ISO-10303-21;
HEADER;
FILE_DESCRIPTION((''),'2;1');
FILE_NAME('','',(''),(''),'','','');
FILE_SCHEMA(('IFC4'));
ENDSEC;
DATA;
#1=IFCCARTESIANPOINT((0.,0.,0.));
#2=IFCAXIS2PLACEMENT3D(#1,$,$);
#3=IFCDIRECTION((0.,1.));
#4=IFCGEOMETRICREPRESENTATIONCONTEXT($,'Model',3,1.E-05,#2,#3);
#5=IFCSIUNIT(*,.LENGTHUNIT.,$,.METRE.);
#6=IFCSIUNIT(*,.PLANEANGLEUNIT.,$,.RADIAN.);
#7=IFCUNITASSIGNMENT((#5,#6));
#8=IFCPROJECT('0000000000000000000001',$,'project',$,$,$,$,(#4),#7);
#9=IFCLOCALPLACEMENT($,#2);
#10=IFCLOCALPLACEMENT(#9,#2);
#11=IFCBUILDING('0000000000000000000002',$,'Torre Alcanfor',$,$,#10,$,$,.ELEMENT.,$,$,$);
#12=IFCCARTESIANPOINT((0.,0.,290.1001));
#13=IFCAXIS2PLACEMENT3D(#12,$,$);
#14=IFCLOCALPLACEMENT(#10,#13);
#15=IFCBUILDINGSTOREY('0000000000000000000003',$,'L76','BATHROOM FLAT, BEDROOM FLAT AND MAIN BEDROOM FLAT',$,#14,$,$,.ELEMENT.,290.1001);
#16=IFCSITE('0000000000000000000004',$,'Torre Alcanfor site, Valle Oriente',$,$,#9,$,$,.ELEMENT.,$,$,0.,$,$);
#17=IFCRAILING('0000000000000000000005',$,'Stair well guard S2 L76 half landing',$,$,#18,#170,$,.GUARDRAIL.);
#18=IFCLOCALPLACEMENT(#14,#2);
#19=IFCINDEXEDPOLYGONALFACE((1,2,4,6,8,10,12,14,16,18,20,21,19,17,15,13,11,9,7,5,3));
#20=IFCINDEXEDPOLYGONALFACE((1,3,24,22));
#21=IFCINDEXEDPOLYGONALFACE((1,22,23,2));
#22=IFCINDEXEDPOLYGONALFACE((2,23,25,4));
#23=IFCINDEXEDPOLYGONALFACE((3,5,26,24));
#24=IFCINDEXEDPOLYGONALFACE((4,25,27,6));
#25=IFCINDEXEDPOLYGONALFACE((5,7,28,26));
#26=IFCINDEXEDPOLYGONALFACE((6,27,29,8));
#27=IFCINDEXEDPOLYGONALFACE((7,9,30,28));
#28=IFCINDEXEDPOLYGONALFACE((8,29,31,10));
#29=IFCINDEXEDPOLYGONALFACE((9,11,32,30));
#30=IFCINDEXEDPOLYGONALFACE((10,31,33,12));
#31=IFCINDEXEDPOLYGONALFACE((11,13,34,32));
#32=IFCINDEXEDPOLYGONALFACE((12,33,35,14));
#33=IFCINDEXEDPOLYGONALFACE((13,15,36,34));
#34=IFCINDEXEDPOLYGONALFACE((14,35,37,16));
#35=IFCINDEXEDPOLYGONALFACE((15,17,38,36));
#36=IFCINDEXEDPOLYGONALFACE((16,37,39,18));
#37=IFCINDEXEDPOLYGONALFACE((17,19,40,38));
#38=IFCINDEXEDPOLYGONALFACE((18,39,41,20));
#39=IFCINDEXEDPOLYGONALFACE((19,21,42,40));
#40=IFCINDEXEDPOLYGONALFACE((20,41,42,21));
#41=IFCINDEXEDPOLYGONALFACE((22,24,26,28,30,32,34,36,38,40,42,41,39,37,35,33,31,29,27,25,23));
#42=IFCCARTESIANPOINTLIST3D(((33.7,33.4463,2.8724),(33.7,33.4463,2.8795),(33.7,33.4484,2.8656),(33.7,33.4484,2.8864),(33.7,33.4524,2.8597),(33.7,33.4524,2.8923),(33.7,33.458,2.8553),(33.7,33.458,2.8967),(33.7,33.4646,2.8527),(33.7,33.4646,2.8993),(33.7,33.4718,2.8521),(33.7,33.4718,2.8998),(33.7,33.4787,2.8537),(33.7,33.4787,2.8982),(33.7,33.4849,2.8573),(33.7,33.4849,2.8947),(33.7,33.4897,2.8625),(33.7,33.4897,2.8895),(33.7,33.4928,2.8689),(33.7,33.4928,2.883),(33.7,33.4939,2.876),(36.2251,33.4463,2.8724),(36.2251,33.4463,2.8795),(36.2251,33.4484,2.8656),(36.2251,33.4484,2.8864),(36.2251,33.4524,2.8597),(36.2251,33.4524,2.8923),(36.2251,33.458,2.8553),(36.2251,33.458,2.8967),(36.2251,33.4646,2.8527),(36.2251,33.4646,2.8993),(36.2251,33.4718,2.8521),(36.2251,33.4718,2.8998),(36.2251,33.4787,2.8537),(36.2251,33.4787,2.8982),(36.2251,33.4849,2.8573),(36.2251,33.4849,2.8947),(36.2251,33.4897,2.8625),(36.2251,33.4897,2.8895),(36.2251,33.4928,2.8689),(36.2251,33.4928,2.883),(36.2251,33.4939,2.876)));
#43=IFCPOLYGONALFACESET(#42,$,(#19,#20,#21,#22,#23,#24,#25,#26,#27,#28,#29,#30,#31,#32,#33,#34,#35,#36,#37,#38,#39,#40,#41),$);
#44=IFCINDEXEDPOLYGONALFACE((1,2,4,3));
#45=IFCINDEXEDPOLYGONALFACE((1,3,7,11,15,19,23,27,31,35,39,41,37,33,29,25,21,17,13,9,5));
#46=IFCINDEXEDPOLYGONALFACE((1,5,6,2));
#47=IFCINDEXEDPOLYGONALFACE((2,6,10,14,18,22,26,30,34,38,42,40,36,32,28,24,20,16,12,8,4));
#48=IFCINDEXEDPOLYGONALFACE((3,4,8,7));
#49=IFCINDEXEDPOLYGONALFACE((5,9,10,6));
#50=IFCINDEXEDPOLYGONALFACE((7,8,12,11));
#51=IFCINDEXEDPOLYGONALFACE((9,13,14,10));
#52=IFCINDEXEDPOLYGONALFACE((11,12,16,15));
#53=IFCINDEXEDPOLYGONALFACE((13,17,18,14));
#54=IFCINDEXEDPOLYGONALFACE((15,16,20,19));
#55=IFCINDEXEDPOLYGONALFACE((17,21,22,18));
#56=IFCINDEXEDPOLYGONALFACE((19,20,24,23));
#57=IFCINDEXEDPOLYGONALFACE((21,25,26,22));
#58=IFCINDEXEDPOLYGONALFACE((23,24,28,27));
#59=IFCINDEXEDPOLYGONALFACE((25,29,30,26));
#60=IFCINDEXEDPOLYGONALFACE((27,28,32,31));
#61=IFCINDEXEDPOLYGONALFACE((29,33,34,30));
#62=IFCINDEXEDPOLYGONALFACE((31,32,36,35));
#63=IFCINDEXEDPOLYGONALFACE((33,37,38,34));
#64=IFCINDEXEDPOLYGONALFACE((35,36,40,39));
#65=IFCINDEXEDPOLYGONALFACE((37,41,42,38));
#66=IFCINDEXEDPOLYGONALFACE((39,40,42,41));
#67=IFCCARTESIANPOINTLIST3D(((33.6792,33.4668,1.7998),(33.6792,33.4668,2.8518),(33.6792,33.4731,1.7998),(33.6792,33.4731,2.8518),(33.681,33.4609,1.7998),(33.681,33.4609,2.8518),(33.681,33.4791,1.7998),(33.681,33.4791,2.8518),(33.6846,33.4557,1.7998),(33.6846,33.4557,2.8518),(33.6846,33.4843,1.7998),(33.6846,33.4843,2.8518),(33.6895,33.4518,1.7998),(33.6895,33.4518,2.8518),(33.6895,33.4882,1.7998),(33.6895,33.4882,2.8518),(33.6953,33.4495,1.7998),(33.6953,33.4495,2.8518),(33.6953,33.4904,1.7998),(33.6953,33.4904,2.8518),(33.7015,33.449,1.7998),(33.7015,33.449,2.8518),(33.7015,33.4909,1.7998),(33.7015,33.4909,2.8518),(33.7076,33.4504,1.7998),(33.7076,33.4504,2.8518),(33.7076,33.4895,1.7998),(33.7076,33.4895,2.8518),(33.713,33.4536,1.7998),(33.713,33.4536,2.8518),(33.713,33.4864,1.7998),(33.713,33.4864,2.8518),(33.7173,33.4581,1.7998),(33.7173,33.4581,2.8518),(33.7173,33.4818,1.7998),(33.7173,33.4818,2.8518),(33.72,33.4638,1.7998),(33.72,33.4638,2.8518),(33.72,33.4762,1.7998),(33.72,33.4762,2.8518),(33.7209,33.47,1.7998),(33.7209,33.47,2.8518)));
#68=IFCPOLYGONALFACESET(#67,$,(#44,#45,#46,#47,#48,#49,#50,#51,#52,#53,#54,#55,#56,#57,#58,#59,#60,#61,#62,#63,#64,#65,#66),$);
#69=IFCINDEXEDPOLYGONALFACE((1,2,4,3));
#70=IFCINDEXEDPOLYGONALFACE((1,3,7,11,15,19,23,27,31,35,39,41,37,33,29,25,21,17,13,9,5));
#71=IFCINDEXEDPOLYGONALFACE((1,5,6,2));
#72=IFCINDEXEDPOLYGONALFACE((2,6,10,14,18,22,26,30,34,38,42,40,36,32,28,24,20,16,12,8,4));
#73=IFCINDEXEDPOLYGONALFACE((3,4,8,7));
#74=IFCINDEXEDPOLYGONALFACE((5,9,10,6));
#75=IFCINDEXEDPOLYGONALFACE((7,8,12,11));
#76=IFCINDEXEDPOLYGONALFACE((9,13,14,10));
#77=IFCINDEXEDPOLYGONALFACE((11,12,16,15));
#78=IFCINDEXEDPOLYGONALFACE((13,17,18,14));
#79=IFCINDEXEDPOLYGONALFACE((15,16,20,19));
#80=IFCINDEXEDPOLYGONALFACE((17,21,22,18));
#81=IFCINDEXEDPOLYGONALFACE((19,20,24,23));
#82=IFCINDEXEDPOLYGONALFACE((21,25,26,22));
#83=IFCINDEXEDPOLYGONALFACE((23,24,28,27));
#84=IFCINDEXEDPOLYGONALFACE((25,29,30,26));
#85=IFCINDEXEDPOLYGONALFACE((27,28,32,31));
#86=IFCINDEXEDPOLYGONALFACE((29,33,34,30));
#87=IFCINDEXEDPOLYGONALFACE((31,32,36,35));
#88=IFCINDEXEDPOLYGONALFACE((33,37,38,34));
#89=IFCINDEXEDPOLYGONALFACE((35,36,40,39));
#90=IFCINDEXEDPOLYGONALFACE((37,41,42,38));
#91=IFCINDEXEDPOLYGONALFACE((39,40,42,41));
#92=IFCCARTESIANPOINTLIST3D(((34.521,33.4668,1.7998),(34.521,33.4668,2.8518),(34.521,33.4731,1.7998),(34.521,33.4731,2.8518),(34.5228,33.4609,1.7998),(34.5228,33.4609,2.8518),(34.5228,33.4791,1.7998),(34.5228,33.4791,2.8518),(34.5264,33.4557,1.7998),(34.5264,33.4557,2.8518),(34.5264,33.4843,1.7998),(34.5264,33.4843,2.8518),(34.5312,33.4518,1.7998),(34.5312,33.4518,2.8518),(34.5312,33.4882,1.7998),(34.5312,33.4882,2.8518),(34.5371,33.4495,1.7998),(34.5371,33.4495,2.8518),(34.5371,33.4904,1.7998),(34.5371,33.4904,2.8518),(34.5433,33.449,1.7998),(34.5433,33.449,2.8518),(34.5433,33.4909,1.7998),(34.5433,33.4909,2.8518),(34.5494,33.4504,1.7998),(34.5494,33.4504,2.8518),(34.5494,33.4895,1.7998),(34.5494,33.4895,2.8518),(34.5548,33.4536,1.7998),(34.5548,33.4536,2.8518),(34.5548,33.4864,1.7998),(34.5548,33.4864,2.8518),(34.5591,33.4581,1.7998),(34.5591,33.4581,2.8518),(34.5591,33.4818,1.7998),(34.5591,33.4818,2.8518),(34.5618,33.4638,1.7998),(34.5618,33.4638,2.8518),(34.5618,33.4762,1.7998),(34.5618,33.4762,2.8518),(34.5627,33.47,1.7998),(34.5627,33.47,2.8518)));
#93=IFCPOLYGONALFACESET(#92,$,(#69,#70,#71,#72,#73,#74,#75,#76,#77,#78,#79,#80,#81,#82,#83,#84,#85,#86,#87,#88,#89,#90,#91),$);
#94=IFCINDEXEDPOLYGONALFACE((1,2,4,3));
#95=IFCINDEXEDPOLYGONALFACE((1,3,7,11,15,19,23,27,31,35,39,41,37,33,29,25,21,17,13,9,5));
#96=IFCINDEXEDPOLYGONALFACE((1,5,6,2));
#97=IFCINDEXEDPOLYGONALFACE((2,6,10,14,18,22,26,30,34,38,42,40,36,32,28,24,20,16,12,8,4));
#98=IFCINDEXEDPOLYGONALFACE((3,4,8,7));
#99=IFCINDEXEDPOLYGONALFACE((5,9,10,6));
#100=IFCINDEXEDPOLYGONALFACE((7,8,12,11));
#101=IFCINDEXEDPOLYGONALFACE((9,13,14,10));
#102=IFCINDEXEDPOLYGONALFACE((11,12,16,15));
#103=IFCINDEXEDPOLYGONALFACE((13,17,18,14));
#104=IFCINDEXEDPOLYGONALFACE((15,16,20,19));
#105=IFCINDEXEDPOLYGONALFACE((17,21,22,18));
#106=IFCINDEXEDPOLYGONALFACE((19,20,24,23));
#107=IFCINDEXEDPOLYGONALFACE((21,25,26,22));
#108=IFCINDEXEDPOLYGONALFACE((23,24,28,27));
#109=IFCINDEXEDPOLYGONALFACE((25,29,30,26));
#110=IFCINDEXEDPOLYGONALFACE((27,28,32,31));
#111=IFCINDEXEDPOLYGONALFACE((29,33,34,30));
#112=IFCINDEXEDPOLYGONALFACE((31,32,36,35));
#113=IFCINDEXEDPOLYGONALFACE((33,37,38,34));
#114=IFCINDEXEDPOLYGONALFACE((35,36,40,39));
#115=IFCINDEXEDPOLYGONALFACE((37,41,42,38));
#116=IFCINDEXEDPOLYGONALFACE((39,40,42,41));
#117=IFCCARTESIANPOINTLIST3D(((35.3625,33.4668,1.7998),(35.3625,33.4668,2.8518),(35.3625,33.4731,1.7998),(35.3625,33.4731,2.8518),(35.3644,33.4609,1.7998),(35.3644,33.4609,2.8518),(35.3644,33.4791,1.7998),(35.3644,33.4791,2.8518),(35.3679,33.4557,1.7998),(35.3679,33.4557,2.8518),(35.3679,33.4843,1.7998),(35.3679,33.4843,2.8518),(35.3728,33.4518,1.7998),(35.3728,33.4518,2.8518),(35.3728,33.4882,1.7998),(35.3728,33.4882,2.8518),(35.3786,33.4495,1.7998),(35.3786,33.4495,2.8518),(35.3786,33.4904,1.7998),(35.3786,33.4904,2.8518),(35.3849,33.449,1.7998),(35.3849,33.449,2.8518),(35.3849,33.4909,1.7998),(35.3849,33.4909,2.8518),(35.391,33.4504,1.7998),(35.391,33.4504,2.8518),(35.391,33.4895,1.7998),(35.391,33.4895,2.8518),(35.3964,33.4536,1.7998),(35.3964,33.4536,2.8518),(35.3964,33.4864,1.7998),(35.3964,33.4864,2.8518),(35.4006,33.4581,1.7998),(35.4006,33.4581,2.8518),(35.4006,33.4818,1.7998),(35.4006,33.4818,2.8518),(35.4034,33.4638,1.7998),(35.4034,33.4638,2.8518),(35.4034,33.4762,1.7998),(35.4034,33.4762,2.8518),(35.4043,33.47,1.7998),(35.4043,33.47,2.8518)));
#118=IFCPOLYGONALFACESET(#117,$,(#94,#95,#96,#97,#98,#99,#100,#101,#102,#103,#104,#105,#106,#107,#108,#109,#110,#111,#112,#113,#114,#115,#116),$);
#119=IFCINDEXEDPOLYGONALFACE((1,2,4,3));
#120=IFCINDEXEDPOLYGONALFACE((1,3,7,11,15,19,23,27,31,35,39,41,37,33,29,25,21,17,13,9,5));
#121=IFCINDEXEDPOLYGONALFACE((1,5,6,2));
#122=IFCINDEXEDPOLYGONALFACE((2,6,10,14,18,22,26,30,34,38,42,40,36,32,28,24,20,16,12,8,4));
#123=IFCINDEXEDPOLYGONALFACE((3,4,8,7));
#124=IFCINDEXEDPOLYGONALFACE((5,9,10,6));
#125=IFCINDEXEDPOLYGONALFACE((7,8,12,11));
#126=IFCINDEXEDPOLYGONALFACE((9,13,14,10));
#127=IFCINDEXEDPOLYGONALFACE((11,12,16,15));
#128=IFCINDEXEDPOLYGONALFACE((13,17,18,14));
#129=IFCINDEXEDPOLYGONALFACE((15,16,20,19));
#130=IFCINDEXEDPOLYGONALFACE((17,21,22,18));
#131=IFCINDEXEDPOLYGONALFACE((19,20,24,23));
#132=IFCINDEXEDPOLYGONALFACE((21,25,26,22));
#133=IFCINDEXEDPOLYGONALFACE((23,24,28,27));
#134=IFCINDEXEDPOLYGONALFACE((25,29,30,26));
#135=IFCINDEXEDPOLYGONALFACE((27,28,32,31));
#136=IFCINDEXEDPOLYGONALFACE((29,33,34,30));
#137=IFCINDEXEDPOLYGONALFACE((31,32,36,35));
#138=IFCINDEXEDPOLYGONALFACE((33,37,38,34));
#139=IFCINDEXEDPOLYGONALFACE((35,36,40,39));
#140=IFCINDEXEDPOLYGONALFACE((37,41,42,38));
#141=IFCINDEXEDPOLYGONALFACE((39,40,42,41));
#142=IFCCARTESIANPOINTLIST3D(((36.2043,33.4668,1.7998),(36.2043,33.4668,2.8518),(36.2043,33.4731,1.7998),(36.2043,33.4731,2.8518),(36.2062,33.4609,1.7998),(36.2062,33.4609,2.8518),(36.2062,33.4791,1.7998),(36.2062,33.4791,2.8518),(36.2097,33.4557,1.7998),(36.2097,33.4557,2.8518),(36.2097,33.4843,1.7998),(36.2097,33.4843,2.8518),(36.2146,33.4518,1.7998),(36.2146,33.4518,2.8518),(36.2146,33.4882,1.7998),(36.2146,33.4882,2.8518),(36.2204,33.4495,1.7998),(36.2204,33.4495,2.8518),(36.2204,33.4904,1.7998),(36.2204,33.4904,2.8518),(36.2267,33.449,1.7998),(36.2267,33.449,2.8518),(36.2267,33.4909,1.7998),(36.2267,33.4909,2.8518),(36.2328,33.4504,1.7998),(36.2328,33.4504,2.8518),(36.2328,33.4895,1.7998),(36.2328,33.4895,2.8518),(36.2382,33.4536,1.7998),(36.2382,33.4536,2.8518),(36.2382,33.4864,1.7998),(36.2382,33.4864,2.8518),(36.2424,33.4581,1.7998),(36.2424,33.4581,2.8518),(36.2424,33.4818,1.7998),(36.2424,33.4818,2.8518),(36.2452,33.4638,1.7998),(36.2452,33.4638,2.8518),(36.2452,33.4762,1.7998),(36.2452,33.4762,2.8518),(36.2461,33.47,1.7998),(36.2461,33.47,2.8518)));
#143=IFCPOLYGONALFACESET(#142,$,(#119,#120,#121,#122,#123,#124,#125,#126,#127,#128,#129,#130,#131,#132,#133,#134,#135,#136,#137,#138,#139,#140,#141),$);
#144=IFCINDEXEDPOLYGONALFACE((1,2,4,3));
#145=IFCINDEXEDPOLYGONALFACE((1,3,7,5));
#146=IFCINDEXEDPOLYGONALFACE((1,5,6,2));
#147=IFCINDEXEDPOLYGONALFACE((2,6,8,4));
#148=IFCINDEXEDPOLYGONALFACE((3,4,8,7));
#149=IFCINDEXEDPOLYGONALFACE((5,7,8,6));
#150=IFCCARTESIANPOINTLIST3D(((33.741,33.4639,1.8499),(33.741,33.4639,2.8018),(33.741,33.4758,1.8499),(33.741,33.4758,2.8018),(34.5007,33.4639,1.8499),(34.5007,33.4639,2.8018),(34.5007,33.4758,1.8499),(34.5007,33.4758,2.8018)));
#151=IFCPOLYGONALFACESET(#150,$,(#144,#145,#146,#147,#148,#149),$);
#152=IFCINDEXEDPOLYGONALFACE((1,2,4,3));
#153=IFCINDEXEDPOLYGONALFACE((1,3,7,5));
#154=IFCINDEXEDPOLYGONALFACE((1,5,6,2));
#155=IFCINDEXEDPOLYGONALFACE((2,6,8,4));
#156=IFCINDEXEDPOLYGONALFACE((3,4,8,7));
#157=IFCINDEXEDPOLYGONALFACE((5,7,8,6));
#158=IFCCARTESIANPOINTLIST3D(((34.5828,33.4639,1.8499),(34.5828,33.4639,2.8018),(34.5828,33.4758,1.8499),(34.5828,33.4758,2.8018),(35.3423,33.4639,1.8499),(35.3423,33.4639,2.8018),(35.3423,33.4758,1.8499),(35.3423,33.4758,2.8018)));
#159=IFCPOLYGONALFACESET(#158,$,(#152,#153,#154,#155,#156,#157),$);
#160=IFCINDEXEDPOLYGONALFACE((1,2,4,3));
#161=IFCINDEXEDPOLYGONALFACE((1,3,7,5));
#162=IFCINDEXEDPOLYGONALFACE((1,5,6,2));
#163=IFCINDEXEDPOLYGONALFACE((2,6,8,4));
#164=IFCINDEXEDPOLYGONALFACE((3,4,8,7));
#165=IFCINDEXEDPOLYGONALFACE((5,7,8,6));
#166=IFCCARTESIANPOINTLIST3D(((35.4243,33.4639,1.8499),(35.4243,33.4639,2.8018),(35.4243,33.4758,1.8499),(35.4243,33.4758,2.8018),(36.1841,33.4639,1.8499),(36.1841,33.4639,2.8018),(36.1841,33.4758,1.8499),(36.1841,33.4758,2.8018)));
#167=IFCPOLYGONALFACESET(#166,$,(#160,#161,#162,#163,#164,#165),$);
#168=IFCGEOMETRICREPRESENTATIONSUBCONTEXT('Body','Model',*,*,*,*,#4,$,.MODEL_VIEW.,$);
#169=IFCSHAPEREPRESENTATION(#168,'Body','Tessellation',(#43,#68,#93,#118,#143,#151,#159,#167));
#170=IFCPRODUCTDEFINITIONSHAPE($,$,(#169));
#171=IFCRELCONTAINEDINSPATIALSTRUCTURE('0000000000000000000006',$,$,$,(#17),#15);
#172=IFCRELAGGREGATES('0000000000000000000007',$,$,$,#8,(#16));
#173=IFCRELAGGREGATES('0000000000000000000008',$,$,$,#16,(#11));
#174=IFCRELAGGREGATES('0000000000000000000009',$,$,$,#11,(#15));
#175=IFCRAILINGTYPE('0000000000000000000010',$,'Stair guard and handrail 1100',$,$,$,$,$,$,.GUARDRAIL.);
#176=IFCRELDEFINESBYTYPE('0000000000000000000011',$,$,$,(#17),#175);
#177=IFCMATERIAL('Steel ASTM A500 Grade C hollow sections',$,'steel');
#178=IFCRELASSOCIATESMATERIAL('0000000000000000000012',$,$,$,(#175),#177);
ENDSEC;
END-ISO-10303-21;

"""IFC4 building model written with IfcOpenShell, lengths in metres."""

from ifc_helpers import new_model, si_unit, direction, frame, origin, origin_2d, place, context, subcontext, project, spatial, polyline, circle, outline, extrude, material, type_object, element, save


model = new_model("IFC4")

# Units and contexts
model_context = context("Model", 3, precision=1e-05, world=origin(), true_north=direction((0.0, 1.0)))
body_context = subcontext(model_context, "Body", "Model", "MODEL_VIEW")
ifc_project = project(units=[si_unit("LENGTHUNIT", "METRE"), si_unit("PLANEANGLEUNIT", "RADIAN")], contexts=[model_context])

# Site, building, storey
site_placement = place(None, origin())
site = spatial("IfcSite", under=ifc_project, at=site_placement, Name="Torre Alcanfor site, Valle Oriente", CompositionType="ELEMENT", RefElevation=0.0)
building_placement = place(site_placement, origin())
building = spatial("IfcBuilding", under=site, at=building_placement, Name="Torre Alcanfor", CompositionType="ELEMENT")
storey_placement = place(building_placement, frame((0.0, 0.0, 290.1001)))
storey = spatial("IfcBuildingStorey", under=building, at=storey_placement, Name="L76", Description="BATHROOM FLAT, BEDROOM FLAT AND MAIN BEDROOM FLAT", CompositionType="ELEMENT", Elevation=290.1001)

# Railing
ifc_material_1 = material(Name="Steel ASTM A500 Grade C hollow sections", Category="steel")
railing_type_1 = type_object("IfcRailingType", Name="Stair guard and handrail 1100", PredefinedType="GUARDRAIL", material=ifc_material_1)
for number, where, name in (
    (1, (33.7, 33.47, 1.7998), "Stair well guard S2 L76 half landing"),
):
    element("IfcRailing", number, at=place(storey_placement, frame(where)), inside=storey, type_object=railing_type_1, Name=name, PredefinedType="GUARDRAIL", context=body_context, shape_type="SweptSolid", body=[
        extrude(circle(Radius=0.0239, at=origin_2d()), frame((0.0, 0.0, 1.0762), z_axis=(1.0, 0.0, 0.0), x_axis=(0.0, 1.0, 0.0)), (0.0, 0.0, 1.0), 2.5251),
        extrude(circle(Radius=0.021, at=origin_2d()), origin(), (0.0, 0.0, 1.0), 1.052),
        extrude(circle(Radius=0.021, at=origin_2d()), frame((0.8418, 0.0, 0.0)), (0.0, 0.0, 1.0), 1.052),
        extrude(circle(Radius=0.021, at=origin_2d()), frame((1.6833, 0.0, 0.0)), (0.0, 0.0, 1.0), 1.052),
        extrude(circle(Radius=0.021, at=origin_2d()), frame((2.5251, 0.0, 0.0)), (0.0, 0.0, 1.0), 1.052),
        extrude(outline(polyline([(0.041, 0.05), (0.8008, 0.05), (0.8008, 1.002), (0.041, 1.002), (0.041, 0.05)])), frame((0.0, 0.0059, 0.0), z_axis=(0.0, -1.0, 0.0), x_axis=(1.0, 0.0, 0.0)), (0.0, 0.0, 1.0), 0.012),
        extrude(outline(polyline([(0.8828, 0.05), (1.6423, 0.05), (1.6423, 1.002), (0.8828, 1.002), (0.8828, 0.05)])), frame((0.0, 0.0059, 0.0), z_axis=(0.0, -1.0, 0.0), x_axis=(1.0, 0.0, 0.0)), (0.0, 0.0, 1.0), 0.012),
        extrude(outline(polyline([(1.7244, 0.05), (2.4841, 0.05), (2.4841, 1.002), (1.7244, 1.002), (1.7244, 0.05)])), frame((0.0, 0.0059, 0.0), z_axis=(0.0, -1.0, 0.0), x_axis=(1.0, 0.0, 0.0)), (0.0, 0.0, 1.0), 0.012),
    ])

save(model, "model.ifc")
